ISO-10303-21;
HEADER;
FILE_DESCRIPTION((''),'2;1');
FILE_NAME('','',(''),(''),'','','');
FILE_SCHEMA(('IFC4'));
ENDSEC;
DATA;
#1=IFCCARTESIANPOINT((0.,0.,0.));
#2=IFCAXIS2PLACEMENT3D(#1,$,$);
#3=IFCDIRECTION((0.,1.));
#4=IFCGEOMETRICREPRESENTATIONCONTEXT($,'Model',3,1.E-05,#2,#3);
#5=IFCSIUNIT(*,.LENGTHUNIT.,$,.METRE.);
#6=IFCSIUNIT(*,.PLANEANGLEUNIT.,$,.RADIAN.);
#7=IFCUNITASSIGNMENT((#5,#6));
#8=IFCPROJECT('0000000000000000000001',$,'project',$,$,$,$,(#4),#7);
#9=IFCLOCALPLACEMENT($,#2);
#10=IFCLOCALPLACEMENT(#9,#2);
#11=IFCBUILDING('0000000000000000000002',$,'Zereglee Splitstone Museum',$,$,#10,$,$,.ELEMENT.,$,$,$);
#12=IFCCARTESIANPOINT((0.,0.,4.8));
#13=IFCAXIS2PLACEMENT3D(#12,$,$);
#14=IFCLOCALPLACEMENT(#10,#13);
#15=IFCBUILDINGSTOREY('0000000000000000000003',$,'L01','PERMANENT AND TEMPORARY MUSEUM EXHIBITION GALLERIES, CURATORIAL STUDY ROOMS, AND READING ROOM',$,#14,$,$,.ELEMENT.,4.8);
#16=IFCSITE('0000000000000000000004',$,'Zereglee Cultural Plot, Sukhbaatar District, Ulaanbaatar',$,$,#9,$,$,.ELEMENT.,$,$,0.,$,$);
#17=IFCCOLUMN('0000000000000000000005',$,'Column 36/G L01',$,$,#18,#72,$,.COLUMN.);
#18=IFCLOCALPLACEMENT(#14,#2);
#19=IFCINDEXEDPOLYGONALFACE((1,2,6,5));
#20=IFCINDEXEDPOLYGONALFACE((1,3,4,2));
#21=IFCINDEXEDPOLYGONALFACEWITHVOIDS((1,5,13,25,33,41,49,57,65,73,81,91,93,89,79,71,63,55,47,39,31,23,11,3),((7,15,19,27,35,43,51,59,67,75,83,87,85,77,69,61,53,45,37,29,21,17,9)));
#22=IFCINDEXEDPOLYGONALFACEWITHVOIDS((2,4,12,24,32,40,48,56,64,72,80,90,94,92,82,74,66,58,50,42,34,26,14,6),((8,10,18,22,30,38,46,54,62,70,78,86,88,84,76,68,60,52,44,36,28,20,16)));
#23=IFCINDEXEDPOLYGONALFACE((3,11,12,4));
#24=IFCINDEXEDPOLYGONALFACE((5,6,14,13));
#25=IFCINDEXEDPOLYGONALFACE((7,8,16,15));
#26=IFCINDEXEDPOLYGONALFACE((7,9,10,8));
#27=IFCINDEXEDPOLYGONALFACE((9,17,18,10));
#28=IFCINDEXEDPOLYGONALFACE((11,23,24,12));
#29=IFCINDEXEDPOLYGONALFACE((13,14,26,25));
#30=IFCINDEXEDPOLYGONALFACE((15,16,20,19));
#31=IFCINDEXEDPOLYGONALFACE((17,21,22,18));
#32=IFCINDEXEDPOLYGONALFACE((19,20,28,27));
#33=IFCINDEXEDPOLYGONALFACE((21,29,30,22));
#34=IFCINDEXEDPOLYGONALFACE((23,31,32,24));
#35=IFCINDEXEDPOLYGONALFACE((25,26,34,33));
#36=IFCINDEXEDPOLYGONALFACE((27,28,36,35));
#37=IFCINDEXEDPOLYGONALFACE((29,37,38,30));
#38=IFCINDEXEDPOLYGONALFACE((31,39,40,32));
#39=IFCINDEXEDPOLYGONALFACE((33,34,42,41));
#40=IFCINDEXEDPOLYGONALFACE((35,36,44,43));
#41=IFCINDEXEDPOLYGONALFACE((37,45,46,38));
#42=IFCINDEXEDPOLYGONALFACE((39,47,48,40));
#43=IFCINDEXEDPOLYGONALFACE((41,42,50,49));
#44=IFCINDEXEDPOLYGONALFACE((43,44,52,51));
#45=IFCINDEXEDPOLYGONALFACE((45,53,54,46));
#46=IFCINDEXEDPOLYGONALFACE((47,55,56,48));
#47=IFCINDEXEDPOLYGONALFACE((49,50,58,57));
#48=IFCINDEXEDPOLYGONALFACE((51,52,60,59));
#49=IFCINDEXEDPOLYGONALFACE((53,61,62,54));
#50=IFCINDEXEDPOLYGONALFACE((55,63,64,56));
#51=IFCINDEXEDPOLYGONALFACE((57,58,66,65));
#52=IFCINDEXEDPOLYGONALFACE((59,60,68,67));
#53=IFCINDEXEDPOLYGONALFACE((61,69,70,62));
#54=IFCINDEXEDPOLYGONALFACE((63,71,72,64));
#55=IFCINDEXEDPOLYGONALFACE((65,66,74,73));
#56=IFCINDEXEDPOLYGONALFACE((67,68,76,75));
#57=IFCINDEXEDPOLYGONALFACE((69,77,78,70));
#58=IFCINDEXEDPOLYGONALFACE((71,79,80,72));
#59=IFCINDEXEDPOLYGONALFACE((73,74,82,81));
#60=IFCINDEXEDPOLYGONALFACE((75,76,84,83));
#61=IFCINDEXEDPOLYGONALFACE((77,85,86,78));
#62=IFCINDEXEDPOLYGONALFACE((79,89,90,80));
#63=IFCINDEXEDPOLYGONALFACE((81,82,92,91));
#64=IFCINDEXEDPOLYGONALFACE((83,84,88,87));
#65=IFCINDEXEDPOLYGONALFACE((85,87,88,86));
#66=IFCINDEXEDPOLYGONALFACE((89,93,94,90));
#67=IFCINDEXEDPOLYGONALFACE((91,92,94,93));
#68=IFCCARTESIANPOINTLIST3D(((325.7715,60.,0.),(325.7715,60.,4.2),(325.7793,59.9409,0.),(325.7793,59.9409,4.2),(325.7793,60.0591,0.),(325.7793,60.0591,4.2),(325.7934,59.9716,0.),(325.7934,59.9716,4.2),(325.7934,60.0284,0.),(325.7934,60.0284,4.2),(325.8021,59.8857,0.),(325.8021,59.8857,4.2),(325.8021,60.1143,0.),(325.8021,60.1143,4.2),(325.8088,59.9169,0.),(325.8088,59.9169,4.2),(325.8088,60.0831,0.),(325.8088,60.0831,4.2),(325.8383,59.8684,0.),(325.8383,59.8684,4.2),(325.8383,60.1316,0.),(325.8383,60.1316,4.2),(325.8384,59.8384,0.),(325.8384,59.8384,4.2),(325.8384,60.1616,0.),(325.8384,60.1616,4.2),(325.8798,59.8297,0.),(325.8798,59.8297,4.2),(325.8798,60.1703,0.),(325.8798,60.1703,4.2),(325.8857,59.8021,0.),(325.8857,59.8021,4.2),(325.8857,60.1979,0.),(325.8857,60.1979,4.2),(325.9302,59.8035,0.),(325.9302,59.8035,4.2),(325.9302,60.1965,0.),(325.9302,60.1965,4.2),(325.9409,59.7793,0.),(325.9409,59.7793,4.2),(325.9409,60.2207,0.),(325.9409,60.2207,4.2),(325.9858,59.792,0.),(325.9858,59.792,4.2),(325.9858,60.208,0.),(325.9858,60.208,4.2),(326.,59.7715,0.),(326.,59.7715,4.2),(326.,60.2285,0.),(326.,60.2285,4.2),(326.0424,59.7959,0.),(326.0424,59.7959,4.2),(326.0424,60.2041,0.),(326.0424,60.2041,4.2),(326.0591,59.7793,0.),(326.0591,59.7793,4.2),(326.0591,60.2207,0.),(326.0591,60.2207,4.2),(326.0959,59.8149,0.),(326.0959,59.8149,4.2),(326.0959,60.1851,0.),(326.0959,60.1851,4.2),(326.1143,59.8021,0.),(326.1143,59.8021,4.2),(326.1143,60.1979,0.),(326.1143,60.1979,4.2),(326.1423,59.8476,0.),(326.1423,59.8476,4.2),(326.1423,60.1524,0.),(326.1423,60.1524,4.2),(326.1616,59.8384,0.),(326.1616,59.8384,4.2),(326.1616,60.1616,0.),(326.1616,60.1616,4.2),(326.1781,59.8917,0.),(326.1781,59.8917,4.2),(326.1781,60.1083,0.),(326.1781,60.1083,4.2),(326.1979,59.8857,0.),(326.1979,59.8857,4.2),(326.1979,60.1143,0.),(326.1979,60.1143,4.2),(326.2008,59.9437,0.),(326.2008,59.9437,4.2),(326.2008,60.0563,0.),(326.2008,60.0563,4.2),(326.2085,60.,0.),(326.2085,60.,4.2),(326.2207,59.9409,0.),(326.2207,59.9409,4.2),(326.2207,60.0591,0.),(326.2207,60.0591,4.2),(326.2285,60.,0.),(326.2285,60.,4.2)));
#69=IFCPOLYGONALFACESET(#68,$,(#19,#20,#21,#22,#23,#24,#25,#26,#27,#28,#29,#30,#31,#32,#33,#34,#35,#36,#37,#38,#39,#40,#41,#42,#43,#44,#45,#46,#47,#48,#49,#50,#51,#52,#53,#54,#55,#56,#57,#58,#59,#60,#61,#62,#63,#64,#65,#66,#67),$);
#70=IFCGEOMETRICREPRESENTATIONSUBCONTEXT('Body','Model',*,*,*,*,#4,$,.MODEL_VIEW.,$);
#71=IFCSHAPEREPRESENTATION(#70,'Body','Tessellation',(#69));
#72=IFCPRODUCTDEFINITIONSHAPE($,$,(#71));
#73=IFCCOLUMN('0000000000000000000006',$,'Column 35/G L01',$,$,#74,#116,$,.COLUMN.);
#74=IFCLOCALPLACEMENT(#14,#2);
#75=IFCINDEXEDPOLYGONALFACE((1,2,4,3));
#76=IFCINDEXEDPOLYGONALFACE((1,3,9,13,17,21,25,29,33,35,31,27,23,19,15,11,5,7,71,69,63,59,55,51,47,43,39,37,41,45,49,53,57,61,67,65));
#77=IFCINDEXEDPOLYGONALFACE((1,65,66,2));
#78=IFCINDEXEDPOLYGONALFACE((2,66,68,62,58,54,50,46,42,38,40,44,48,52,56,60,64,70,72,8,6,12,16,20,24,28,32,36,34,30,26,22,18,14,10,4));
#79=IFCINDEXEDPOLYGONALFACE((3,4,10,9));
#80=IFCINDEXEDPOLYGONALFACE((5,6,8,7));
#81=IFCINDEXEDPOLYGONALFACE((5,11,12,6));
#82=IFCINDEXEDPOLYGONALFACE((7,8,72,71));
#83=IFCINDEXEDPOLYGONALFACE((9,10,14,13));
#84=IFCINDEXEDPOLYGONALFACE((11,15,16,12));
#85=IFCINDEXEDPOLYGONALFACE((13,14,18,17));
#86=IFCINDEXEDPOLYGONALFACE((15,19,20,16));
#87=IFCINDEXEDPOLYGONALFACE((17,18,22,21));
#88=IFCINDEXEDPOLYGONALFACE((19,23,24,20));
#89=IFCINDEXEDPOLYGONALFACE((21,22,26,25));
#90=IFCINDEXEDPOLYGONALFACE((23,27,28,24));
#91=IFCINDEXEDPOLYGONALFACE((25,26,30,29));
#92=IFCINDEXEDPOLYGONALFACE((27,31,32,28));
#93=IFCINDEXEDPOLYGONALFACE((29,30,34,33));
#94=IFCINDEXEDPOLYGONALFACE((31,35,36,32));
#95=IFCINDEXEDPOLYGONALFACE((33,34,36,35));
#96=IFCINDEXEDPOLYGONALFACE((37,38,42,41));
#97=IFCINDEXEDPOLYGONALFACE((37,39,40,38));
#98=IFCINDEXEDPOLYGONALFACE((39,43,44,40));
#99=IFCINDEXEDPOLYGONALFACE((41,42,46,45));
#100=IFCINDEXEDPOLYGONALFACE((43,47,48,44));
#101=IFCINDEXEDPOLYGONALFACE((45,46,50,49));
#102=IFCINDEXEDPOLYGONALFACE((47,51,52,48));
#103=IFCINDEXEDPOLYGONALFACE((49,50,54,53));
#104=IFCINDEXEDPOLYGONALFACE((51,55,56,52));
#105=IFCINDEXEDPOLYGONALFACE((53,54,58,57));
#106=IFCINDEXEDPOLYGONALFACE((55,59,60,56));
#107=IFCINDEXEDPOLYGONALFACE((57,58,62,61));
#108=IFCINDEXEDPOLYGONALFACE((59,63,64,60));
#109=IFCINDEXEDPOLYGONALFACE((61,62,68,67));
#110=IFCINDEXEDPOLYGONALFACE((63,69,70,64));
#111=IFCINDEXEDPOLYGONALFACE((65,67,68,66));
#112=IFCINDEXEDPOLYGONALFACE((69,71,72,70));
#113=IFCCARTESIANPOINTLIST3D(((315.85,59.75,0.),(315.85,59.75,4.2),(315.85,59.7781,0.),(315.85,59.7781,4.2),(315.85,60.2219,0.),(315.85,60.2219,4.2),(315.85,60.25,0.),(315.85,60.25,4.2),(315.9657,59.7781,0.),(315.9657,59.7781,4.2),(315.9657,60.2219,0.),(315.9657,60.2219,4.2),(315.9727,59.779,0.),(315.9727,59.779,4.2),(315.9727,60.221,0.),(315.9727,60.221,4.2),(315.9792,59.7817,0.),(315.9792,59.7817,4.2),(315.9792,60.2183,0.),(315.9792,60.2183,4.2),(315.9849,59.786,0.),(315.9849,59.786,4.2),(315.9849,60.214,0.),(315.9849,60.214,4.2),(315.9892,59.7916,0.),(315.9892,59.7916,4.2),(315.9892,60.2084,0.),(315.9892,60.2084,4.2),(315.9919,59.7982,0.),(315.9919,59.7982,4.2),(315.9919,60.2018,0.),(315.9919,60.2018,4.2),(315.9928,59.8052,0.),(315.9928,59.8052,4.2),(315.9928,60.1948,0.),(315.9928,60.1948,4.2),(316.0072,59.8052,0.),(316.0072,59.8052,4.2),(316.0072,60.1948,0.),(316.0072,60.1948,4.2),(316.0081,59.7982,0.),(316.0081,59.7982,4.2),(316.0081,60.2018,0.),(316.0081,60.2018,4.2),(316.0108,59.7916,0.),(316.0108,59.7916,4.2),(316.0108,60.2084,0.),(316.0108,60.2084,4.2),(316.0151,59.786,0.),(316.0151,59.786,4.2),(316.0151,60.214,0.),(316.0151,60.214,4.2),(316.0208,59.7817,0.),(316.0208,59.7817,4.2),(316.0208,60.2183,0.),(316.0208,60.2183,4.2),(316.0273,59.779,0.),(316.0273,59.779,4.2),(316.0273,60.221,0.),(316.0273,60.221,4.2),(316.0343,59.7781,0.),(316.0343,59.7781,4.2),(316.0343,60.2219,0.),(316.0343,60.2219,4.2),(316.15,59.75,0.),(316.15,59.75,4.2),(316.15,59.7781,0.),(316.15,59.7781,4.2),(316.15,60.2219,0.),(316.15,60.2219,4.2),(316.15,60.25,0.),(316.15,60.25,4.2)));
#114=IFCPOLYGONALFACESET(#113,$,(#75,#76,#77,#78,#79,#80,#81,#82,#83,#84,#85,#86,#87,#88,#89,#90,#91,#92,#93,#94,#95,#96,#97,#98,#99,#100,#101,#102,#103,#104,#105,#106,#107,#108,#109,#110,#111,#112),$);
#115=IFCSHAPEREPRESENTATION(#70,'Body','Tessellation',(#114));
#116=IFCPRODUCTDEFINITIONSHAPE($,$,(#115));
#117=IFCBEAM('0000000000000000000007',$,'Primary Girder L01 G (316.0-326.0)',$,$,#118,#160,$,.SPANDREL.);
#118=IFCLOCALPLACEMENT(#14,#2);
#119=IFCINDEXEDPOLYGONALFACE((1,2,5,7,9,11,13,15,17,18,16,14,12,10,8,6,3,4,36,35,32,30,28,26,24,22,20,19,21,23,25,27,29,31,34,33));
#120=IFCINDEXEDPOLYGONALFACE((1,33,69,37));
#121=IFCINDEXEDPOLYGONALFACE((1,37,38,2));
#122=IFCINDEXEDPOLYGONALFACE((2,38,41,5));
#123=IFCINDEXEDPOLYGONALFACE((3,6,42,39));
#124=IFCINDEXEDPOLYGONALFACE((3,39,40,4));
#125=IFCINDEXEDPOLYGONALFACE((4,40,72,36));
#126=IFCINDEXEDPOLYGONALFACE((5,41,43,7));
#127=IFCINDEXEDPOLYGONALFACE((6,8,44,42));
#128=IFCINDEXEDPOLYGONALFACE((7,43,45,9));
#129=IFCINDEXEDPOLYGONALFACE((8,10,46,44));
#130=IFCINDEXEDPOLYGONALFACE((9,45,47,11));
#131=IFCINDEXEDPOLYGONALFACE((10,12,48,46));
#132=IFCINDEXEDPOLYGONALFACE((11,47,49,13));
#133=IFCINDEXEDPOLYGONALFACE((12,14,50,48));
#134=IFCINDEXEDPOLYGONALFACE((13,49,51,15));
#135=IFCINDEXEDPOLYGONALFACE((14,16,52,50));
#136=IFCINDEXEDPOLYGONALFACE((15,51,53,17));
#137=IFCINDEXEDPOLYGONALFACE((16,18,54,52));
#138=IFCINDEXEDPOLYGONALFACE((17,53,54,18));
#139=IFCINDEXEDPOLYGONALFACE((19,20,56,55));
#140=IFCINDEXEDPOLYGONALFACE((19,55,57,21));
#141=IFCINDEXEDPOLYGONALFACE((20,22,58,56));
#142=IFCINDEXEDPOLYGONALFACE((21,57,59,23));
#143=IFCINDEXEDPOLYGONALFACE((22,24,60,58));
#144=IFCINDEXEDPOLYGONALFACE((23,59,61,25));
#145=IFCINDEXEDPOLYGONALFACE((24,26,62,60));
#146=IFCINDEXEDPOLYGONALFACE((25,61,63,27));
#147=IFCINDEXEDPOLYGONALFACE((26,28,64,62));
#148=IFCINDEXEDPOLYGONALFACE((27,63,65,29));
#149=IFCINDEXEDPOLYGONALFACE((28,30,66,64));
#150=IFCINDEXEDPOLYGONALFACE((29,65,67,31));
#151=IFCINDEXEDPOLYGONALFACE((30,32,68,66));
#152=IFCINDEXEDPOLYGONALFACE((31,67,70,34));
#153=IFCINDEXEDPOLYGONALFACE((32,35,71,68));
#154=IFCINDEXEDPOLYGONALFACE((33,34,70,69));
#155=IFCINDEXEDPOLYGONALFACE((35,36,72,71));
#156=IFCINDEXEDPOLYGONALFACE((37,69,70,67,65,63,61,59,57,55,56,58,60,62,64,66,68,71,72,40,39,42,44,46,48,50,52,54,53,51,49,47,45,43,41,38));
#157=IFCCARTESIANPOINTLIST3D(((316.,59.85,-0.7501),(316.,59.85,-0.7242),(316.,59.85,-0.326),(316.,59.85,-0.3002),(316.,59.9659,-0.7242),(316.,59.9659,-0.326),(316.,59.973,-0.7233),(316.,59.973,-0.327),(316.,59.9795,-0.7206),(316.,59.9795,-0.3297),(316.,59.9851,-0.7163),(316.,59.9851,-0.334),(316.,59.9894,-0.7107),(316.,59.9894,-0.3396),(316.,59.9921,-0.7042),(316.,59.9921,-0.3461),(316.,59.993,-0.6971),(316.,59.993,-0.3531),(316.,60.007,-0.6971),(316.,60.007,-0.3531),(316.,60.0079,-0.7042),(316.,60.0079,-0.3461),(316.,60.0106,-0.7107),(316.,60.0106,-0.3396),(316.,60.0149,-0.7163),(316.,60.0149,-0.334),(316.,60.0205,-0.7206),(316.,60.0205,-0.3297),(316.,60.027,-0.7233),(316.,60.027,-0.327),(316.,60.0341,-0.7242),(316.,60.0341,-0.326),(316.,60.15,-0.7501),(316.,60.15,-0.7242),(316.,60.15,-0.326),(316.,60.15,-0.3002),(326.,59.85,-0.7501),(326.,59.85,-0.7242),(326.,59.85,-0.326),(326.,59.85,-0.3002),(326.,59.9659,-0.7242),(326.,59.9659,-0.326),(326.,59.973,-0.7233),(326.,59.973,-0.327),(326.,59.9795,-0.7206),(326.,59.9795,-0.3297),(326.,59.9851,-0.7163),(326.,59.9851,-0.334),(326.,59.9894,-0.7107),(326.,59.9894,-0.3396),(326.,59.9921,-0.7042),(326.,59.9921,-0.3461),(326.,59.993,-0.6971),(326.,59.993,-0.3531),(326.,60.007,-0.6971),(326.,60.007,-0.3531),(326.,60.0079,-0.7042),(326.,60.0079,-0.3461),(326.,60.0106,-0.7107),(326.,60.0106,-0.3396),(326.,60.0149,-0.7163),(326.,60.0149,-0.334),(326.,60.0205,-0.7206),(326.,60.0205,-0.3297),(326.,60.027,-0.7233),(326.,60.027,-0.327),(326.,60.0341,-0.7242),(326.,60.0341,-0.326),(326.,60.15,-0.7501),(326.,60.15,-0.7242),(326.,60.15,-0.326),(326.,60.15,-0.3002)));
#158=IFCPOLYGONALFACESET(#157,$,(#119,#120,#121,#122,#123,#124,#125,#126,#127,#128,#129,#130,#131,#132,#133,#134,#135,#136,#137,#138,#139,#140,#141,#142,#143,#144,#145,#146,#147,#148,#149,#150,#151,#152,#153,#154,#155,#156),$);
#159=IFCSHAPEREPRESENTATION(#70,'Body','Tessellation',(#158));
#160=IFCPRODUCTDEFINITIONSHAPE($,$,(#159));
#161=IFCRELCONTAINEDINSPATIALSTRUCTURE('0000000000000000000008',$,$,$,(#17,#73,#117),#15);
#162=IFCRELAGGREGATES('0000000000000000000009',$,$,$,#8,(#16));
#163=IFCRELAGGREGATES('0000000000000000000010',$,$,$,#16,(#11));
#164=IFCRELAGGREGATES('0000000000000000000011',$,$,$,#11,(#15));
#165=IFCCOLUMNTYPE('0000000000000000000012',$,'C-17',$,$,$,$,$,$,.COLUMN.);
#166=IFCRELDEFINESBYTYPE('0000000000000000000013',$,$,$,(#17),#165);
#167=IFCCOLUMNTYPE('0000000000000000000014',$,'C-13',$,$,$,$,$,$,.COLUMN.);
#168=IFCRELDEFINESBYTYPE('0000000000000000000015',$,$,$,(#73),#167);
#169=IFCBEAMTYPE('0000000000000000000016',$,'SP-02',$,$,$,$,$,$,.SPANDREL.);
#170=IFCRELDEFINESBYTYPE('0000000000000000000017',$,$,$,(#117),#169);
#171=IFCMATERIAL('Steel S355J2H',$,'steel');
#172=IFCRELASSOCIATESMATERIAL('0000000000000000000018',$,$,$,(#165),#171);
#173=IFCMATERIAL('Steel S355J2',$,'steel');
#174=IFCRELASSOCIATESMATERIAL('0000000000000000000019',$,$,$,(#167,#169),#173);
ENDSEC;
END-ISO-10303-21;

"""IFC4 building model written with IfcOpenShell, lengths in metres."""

from ifc_helpers import new_model, si_unit, direction, frame, origin, origin_2d, place, context, subcontext, project, spatial, hollow_circle, i_section, extrude, material, material_profile, profile_set, type_object, element, save


model = new_model("IFC4")

# Units and contexts
model_context = context("Model", 3, precision=1e-05, world=origin(), true_north=direction((0.0, 1.0)))
body_context = subcontext(model_context, "Body", "Model", "MODEL_VIEW")
ifc_project = project(units=[si_unit("LENGTHUNIT", "METRE"), si_unit("PLANEANGLEUNIT", "RADIAN")], contexts=[model_context])

# Site, building, storey
site_placement = place(None, origin())
site = spatial("IfcSite", under=ifc_project, at=site_placement, Name="Zereglee Cultural Plot, Sukhbaatar District, Ulaanbaatar", CompositionType="ELEMENT", RefElevation=0.0)
building_placement = place(site_placement, origin())
building = spatial("IfcBuilding", under=site, at=building_placement, Name="Zereglee Splitstone Museum", CompositionType="ELEMENT")
storey_placement = place(building_placement, frame((0.0, 0.0, 4.8)))
storey = spatial("IfcBuildingStorey", under=building, at=storey_placement, Name="L01", Description="PERMANENT AND TEMPORARY MUSEUM EXHIBITION GALLERIES, CURATORIAL STUDY ROOMS, AND READING ROOM", CompositionType="ELEMENT", Elevation=4.8)

# Columns
ifc_material_1 = material(Name="Steel S355J2H", Category="steel")
ifc_material_profile_1 = material_profile(ifc_material_1, hollow_circle(Radius=0.2285, WallThickness=0.02, at=origin_2d()), Name="CHS 457.0x20")
ifc_profile_set_1 = profile_set([ifc_material_profile_1], Name="Steel S355J2H")
column_type_1 = type_object("IfcColumnType", Name="C-17", PredefinedType="COLUMN", material=ifc_profile_set_1)
column_1_placement = place(storey_placement, frame((326.0, 60.0, 0.0), z_axis=(0.0, 0.0, 1.0), x_axis=(1.0, 0.0, 0.0)))
element("IfcColumn", 1, at=column_1_placement, inside=storey, type_object=column_type_1, Name="Column 36/G L01", PredefinedType="COLUMN", context=body_context, shape_type="SweptSolid", body=[
    extrude(hollow_circle(Radius=0.2285, WallThickness=0.02, at=origin_2d()), origin(), (0.0, 0.0, 1.0), 4.2),
])
ifc_material_2 = material(Name="Steel S355J2", Category="steel")
ifc_material_profile_2 = material_profile(ifc_material_2, i_section(OverallWidth=0.3, OverallDepth=0.5, WebThickness=0.0144, FlangeThickness=0.0281, FilletRadius=0.0271, at=origin_2d()), Name="HE 500 B")
ifc_profile_set_2 = profile_set([ifc_material_profile_2], Name="Steel S355J2")
column_type_2 = type_object("IfcColumnType", Name="C-13", PredefinedType="COLUMN", material=ifc_profile_set_2)
column_2_placement = place(storey_placement, frame((316.0, 60.0, 0.0), z_axis=(0.0, 0.0, 1.0), x_axis=(1.0, 0.0, 0.0)))
element("IfcColumn", 2, at=column_2_placement, inside=storey, type_object=column_type_2, Name="Column 35/G L01", PredefinedType="COLUMN", context=body_context, shape_type="SweptSolid", body=[
    extrude(i_section(OverallWidth=0.3, OverallDepth=0.5, WebThickness=0.0144, FlangeThickness=0.0281, FilletRadius=0.0271, at=origin_2d()), origin(), (0.0, 0.0, 1.0), 4.2),
])

# Beam
ifc_material_profile_3 = material_profile(ifc_material_2, i_section(OverallWidth=0.3, OverallDepth=0.45, WebThickness=0.0139, FlangeThickness=0.0259, FilletRadius=0.0271, at=origin_2d()), Name="HE 450 B")
ifc_profile_set_3 = profile_set([ifc_material_profile_3], Name="Steel S355J2")
beam_type = type_object("IfcBeamType", Name="SP-02", PredefinedType="SPANDREL", material=ifc_profile_set_3)
for number, where, z_axis, x_axis, name in (
    (3, (316.0, 60.0, -0.5251), (1.0, 0.0, 0.0), (0.0, 1.0, 0.0), "Primary Girder L01 G (316.0-326.0)"),
):
    element("IfcBeam", number, at=place(storey_placement, frame(where, z_axis=z_axis, x_axis=x_axis)), inside=storey, type_object=beam_type, Name=name, PredefinedType="SPANDREL", context=body_context, shape_type="SweptSolid", body=[
        extrude(i_section(OverallWidth=0.3, OverallDepth=0.45, WebThickness=0.0139, FlangeThickness=0.0259, FilletRadius=0.0271, at=origin_2d()), origin(), (0.0, 0.0, 1.0), 10.0),
    ])

save(model, "model.ifc")
